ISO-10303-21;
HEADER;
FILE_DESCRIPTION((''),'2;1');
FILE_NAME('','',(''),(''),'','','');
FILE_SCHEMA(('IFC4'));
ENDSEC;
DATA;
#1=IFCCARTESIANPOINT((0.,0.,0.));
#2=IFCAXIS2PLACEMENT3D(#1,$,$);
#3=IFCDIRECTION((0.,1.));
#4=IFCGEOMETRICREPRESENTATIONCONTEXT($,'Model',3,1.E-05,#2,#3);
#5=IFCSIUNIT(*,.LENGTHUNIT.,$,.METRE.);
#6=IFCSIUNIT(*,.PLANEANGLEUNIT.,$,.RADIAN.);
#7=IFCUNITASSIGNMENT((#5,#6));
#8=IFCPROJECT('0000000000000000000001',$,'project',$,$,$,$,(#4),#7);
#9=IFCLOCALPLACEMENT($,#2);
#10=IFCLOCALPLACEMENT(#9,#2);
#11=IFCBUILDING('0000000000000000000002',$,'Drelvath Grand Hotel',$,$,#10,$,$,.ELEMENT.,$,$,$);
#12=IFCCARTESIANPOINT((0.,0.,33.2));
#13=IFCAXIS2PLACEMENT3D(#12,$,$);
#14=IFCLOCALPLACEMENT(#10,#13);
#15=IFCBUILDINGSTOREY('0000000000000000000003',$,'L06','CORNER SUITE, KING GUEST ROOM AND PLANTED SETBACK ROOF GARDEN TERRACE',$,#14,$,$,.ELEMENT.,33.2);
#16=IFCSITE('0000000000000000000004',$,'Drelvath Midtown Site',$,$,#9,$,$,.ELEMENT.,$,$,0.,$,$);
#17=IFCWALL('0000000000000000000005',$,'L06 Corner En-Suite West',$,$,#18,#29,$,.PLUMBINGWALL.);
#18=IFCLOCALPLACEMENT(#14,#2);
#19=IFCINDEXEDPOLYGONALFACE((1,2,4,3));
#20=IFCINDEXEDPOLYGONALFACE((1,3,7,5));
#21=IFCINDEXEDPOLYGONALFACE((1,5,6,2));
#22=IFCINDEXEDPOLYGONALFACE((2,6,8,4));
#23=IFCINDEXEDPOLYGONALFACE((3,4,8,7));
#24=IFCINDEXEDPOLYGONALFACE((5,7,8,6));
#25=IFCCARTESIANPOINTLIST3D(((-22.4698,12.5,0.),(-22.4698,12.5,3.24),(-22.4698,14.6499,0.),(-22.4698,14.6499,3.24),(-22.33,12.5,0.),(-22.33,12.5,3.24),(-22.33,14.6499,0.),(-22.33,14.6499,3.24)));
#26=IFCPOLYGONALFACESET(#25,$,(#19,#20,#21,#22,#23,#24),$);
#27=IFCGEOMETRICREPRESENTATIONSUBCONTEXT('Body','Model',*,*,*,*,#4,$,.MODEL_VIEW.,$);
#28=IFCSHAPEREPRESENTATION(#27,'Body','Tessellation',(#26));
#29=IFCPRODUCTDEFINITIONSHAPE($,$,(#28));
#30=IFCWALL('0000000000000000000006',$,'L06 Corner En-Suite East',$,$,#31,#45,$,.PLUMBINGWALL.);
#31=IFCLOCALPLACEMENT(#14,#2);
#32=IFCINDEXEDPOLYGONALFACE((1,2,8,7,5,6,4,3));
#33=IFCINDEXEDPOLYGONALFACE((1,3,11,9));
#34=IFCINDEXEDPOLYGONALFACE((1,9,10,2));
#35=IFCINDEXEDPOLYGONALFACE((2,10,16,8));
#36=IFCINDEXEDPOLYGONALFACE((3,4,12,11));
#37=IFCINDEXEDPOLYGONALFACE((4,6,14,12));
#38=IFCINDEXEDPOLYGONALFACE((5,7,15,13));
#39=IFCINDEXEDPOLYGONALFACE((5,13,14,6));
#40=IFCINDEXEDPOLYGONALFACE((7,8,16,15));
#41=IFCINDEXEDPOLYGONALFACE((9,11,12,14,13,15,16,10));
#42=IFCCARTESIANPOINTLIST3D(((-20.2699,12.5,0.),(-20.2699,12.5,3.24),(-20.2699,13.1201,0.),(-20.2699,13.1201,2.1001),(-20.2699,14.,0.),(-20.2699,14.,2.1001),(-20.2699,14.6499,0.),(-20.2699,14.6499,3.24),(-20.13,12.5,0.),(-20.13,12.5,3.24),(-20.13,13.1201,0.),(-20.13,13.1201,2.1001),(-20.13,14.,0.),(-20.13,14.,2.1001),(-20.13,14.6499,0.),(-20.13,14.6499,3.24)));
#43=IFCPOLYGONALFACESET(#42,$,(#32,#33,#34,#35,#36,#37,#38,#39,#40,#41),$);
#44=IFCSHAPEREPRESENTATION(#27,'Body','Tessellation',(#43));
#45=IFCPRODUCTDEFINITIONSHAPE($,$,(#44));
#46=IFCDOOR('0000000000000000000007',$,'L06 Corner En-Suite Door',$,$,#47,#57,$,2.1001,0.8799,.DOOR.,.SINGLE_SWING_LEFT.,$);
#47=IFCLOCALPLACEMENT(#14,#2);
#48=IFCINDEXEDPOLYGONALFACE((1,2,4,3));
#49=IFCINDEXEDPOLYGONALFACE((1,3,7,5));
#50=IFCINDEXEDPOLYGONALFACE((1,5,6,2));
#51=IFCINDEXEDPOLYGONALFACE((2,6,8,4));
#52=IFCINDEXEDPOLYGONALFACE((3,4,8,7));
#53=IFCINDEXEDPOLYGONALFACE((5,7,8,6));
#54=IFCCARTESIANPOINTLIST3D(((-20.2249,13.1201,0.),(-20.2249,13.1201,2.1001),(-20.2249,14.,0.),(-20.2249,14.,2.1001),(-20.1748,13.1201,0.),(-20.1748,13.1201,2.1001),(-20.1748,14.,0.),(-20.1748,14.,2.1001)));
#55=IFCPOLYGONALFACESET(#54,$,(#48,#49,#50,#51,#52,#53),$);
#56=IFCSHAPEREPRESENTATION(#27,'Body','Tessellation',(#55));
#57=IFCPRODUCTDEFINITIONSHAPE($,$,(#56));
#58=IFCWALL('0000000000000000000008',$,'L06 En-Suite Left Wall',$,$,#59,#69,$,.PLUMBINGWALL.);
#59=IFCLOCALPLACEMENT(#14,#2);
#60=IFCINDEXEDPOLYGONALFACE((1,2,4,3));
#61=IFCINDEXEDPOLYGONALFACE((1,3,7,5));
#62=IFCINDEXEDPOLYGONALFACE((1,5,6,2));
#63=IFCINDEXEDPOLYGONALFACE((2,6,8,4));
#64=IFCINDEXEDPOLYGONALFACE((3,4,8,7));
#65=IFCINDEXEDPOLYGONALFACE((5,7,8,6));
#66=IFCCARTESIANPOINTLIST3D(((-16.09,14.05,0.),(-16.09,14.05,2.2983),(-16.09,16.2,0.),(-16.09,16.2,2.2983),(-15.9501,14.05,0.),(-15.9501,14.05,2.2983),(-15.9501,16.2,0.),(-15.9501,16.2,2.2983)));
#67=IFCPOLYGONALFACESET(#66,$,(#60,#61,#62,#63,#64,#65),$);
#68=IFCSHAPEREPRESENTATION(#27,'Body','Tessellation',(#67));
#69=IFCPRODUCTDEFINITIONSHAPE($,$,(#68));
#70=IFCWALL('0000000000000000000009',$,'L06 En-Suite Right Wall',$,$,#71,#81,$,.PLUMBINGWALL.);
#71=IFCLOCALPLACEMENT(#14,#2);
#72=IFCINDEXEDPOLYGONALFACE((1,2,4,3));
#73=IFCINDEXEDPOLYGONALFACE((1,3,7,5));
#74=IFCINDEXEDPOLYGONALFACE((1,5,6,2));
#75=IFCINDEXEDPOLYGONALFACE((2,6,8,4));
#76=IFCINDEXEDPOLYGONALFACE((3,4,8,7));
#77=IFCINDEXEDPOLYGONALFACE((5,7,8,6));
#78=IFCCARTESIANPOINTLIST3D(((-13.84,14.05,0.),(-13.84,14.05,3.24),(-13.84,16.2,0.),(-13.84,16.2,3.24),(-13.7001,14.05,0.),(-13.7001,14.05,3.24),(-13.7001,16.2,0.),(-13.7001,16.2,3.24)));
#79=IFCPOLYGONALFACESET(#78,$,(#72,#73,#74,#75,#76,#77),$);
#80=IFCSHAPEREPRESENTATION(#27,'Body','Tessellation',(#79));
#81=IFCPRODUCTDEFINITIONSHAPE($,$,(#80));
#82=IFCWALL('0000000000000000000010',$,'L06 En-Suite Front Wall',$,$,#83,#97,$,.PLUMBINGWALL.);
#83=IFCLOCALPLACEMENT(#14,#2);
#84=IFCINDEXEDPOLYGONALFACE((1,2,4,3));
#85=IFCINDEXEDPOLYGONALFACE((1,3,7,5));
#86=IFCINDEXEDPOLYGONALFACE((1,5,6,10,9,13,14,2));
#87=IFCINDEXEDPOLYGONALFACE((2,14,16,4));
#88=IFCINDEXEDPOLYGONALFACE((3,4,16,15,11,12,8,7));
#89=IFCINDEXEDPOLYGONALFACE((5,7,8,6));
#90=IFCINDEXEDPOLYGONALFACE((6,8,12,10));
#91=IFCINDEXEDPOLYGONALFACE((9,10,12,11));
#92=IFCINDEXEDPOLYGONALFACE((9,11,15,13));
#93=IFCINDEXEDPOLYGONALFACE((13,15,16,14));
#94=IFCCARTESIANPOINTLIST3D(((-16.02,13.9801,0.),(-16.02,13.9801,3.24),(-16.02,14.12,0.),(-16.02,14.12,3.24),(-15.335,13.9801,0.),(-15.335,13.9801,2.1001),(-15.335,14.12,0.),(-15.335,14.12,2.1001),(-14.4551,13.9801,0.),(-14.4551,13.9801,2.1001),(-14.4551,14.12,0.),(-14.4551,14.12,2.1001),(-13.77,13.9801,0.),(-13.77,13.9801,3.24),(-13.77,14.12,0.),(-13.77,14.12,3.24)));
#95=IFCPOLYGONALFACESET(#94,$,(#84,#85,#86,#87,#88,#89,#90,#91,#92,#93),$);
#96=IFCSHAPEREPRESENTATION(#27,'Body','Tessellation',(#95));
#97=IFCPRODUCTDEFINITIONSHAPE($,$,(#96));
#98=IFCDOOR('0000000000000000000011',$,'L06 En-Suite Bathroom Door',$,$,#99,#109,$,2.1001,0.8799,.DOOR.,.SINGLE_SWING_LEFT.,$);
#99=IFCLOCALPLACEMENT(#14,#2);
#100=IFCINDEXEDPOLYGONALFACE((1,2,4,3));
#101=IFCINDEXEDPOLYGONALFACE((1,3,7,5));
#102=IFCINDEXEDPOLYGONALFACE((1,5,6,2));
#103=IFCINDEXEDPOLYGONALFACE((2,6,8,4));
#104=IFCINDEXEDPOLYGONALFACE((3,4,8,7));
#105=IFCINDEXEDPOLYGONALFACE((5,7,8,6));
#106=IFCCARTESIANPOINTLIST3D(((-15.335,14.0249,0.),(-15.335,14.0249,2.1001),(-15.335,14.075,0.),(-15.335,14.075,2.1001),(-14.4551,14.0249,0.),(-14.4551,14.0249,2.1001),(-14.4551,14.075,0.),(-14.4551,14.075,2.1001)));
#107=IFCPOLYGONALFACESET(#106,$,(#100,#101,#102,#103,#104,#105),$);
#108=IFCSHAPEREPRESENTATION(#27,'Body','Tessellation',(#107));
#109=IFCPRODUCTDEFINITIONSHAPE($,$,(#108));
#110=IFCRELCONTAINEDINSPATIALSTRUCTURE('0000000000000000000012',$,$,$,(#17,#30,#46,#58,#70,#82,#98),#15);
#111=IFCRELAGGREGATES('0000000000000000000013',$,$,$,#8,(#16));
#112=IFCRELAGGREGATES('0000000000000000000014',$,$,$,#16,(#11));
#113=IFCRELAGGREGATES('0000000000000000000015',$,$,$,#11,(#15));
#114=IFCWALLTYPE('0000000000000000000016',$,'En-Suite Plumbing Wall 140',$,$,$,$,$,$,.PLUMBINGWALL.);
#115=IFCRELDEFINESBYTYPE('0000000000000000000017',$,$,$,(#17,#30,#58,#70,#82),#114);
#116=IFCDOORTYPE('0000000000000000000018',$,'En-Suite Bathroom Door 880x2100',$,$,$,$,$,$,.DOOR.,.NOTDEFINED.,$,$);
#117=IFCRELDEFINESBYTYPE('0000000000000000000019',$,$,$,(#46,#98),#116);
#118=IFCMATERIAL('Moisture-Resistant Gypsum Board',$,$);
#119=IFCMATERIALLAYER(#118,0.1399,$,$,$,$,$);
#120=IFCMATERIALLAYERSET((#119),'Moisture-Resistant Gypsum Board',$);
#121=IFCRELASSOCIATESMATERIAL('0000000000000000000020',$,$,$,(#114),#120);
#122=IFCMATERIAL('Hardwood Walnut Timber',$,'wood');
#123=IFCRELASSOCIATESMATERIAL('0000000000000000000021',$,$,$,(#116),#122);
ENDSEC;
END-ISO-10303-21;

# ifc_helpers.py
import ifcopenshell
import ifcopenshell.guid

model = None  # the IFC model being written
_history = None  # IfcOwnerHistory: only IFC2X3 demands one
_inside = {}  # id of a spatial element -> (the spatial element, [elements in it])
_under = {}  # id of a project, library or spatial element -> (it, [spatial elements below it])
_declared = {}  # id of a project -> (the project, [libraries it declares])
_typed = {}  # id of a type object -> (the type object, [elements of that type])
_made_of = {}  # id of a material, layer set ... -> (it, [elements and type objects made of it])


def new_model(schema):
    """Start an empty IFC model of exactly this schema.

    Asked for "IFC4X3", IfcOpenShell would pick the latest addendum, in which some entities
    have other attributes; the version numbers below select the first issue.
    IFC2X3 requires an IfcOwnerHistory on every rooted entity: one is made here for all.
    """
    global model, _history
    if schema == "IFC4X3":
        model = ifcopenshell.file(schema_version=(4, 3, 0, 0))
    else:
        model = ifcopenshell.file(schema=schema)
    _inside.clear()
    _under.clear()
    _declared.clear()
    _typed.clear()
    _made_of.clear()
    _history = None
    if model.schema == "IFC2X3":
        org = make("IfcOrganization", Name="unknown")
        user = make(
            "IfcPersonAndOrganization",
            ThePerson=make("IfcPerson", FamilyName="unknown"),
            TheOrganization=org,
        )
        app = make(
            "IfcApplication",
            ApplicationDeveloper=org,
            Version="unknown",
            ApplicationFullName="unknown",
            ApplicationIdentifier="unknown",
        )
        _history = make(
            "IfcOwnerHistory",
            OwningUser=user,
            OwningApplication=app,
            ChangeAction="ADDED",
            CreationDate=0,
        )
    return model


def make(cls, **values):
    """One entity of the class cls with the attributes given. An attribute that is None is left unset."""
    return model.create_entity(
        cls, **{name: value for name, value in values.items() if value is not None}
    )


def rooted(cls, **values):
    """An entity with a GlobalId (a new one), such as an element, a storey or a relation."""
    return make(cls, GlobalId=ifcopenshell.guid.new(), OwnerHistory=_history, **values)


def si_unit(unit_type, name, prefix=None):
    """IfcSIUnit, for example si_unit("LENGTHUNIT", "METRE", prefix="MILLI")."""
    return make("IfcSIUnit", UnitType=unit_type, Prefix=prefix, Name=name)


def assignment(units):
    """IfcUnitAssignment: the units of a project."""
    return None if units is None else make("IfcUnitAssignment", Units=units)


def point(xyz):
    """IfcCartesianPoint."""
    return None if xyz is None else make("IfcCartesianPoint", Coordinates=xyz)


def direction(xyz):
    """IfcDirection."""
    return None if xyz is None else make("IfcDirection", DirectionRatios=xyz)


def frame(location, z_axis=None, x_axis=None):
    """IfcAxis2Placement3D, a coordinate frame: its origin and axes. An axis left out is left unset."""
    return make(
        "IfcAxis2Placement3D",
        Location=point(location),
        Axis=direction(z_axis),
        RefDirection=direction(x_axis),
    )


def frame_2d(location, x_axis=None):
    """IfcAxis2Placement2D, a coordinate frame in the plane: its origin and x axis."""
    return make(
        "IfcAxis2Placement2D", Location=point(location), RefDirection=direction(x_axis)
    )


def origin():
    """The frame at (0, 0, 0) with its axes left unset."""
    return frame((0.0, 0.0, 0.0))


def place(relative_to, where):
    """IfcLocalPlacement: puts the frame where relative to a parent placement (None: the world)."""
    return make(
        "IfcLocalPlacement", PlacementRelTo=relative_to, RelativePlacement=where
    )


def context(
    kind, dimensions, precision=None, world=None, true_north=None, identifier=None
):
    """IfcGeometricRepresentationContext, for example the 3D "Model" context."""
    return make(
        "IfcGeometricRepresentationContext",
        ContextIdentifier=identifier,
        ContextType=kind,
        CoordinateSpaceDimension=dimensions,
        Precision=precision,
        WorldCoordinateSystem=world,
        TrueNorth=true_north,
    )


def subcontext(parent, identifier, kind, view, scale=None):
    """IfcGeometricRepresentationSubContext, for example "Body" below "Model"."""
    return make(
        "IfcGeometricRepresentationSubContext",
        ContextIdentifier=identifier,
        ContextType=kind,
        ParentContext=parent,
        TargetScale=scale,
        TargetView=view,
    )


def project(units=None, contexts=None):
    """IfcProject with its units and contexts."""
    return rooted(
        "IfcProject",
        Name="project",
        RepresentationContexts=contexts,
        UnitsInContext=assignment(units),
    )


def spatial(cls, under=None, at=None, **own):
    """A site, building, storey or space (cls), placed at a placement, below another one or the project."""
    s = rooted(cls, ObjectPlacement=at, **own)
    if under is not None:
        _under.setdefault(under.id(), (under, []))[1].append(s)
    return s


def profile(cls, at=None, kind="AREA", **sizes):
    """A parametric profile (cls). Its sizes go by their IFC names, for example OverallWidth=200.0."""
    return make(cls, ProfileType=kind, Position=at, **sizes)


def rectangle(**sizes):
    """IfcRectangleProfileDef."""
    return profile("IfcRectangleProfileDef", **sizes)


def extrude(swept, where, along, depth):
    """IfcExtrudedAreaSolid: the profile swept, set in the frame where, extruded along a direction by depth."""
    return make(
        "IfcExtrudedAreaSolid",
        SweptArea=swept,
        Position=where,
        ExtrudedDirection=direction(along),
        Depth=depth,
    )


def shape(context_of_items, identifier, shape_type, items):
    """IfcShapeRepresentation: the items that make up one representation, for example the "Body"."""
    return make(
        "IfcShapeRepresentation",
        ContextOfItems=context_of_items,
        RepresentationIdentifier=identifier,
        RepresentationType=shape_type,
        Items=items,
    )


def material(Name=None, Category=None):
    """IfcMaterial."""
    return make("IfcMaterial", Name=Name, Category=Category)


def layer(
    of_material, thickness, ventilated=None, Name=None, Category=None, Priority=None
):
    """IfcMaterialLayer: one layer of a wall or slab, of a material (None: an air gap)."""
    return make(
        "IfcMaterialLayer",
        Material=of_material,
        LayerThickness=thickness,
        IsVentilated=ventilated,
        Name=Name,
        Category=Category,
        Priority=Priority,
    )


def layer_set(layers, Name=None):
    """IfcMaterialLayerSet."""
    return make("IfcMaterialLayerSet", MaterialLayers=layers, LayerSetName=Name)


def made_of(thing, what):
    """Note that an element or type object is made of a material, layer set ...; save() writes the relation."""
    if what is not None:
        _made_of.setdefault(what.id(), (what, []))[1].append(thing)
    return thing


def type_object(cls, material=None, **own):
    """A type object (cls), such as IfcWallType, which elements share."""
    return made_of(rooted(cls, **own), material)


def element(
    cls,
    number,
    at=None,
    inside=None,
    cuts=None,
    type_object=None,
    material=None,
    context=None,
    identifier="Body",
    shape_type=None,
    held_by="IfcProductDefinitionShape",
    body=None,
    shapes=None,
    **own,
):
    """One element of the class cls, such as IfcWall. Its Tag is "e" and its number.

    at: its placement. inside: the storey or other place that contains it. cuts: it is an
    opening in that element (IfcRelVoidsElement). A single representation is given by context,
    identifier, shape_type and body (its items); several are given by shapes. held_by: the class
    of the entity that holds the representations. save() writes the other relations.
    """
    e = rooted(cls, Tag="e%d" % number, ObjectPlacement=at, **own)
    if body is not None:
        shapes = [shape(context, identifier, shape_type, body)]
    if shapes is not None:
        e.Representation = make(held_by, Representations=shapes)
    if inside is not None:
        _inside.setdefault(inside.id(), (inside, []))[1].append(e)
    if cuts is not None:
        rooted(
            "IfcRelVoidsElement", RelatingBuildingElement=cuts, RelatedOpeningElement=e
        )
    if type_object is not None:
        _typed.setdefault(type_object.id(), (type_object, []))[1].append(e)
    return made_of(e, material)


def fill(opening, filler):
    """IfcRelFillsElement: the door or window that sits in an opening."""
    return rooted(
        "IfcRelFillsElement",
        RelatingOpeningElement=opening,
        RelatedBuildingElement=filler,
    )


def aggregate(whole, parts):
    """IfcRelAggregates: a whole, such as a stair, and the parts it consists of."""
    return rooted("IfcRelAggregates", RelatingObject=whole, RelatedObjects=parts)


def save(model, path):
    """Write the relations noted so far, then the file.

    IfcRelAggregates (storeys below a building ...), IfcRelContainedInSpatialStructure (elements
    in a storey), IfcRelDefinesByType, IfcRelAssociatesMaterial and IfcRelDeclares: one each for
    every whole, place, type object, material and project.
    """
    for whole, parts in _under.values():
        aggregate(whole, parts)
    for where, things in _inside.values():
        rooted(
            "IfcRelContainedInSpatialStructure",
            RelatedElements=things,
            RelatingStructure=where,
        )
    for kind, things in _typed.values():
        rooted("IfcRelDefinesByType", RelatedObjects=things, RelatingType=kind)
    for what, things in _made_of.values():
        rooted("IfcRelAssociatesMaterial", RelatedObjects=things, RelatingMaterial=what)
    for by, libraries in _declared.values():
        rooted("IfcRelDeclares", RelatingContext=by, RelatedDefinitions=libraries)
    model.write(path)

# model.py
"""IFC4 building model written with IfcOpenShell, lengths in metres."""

from ifc_helpers import new_model, si_unit, direction, frame, frame_2d, origin, place, context, subcontext, project, spatial, rectangle, extrude, material, layer, layer_set, type_object, element, fill, save


model = new_model("IFC4")

# Units and contexts
model_context = context("Model", 3, precision=1e-05, world=origin(), true_north=direction((0.0, 1.0)))
body_context = subcontext(model_context, "Body", "Model", "MODEL_VIEW")
ifc_project = project(units=[si_unit("LENGTHUNIT", "METRE"), si_unit("PLANEANGLEUNIT", "RADIAN")], contexts=[model_context])

# Site, building, storey
site_placement = place(None, origin())
site = spatial("IfcSite", under=ifc_project, at=site_placement, Name="Drelvath Midtown Site", CompositionType="ELEMENT", RefElevation=0.0)
building_placement = place(site_placement, origin())
building = spatial("IfcBuilding", under=site, at=building_placement, Name="Drelvath Grand Hotel", CompositionType="ELEMENT")
storey_placement = place(building_placement, frame((0.0, 0.0, 33.2)))
storey = spatial("IfcBuildingStorey", under=building, at=storey_placement, Name="L06", Description="CORNER SUITE, KING GUEST ROOM AND PLANTED SETBACK ROOF GARDEN TERRACE", CompositionType="ELEMENT", Elevation=33.2)

# Shared definitions
ifc_material_1 = material(Name="Hardwood Walnut Timber", Category="wood")

# Wall
ifc_material_2 = material(Name="Moisture-Resistant Gypsum Board")
ifc_layer_1 = layer(ifc_material_2, 0.1399)
ifc_layer_set_1 = layer_set([ifc_layer_1], Name="Moisture-Resistant Gypsum Board")
wall_type_1 = type_object("IfcWallType", Name="En-Suite Plumbing Wall 140", PredefinedType="PLUMBINGWALL", material=ifc_layer_set_1)
wall_1_placement = place(storey_placement, frame((-22.3999, 12.5, 0.0), z_axis=(0.0, 0.0, 1.0), x_axis=(0.0, 1.0, 0.0)))
element("IfcWall", 1, at=wall_1_placement, inside=storey, type_object=wall_type_1, Name="L06 Corner En-Suite West", PredefinedType="PLUMBINGWALL", context=body_context, shape_type="SweptSolid", body=[
    extrude(rectangle(XDim=2.1499, YDim=0.1399, at=frame_2d((1.075, 0.0))), origin(), (0.0, 0.0, 1.0), 3.24),
])

# Wall, opening, door
wall_2_placement = place(storey_placement, frame((-20.2, 12.5, 0.0), z_axis=(0.0, 0.0, 1.0), x_axis=(0.0, 1.0, 0.0)))
wall_2 = element("IfcWall", 2, at=wall_2_placement, inside=storey, type_object=wall_type_1, Name="L06 Corner En-Suite East", PredefinedType="PLUMBINGWALL", context=body_context, shape_type="SweptSolid", body=[
    extrude(rectangle(XDim=2.1499, YDim=0.1399, at=frame_2d((1.075, 0.0))), origin(), (0.0, 0.0, 1.0), 3.24),
])
opening_1_placement = place(wall_2_placement, frame((0.6201, 0.0, 0.0)))
opening_1 = element("IfcOpeningElement", 3, at=opening_1_placement, cuts=wall_2, PredefinedType="OPENING", context=body_context, shape_type="SweptSolid", body=[
    extrude(rectangle(XDim=0.8799, YDim=2.1001, at=frame_2d((0.4399, 1.05))), frame((0.0, 0.0798, 0.0), z_axis=(0.0, -1.0, 0.0), x_axis=(1.0, 0.0, 0.0)), (0.0, 0.0, 1.0), 0.1599),
])
door_type_1 = type_object("IfcDoorType", Name="En-Suite Bathroom Door 880x2100", OperationType="NOTDEFINED", PredefinedType="DOOR", material=ifc_material_1)
door_1_placement = place(opening_1_placement, origin())
door_1 = element("IfcDoor", 4, at=door_1_placement, inside=storey, type_object=door_type_1, Name="L06 Corner En-Suite Door", OperationType="SINGLE_SWING_LEFT", OverallHeight=2.1001, OverallWidth=0.8799, PredefinedType="DOOR", context=body_context, shape_type="SweptSolid", body=[
    extrude(rectangle(XDim=0.8799, YDim=2.1001, at=frame_2d((0.4399, 1.05))), frame((0.0, 0.0249, 0.0), z_axis=(0.0, -1.0, 0.0), x_axis=(1.0, 0.0, 0.0)), (0.0, 0.0, 1.0), 0.05),
])
fill(opening_1, door_1)

# Walls
wall_3_placement = place(storey_placement, frame((-16.02, 16.2, 0.0), z_axis=(0.0, 0.0, 1.0), x_axis=(0.0, -1.0, 0.0)))
element("IfcWall", 5, at=wall_3_placement, inside=storey, type_object=wall_type_1, Name="L06 En-Suite Left Wall", PredefinedType="PLUMBINGWALL", context=body_context, shape_type="SweptSolid", body=[
    extrude(rectangle(XDim=2.1499, YDim=0.1399, at=frame_2d((1.075, 0.0))), origin(), (0.0, 0.0, 1.0), 2.2983),
])
wall_4_placement = place(storey_placement, frame((-13.77, 16.2, 0.0), z_axis=(0.0, 0.0, 1.0), x_axis=(0.0, -1.0, 0.0)))
element("IfcWall", 6, at=wall_4_placement, inside=storey, type_object=wall_type_1, Name="L06 En-Suite Right Wall", PredefinedType="PLUMBINGWALL", context=body_context, shape_type="SweptSolid", body=[
    extrude(rectangle(XDim=2.1499, YDim=0.1399, at=frame_2d((1.075, 0.0))), origin(), (0.0, 0.0, 1.0), 3.24),
])

# Wall, opening, door
wall_5_placement = place(storey_placement, frame((-16.02, 14.05, 0.0), z_axis=(0.0, 0.0, 1.0), x_axis=(1.0, 0.0, 0.0)))
wall_5 = element("IfcWall", 7, at=wall_5_placement, inside=storey, type_object=wall_type_1, Name="L06 En-Suite Front Wall", PredefinedType="PLUMBINGWALL", context=body_context, shape_type="SweptSolid", body=[
    extrude(rectangle(XDim=2.25, YDim=0.1399, at=frame_2d((1.125, 0.0))), origin(), (0.0, 0.0, 1.0), 3.24),
])
opening_2_placement = place(wall_5_placement, frame((0.6851, 0.0, 0.0)))
opening_2 = element("IfcOpeningElement", 8, at=opening_2_placement, cuts=wall_5, PredefinedType="OPENING", context=body_context, shape_type="SweptSolid", body=[
    extrude(rectangle(XDim=0.8799, YDim=2.1001, at=frame_2d((0.4399, 1.05))), frame((0.0, 0.0798, 0.0), z_axis=(0.0, -1.0, 0.0), x_axis=(1.0, 0.0, 0.0)), (0.0, 0.0, 1.0), 0.1599),
])
door_2_placement = place(opening_2_placement, origin())
door_2 = element("IfcDoor", 9, at=door_2_placement, inside=storey, type_object=door_type_1, Name="L06 En-Suite Bathroom Door", OperationType="SINGLE_SWING_LEFT", OverallHeight=2.1001, OverallWidth=0.8799, PredefinedType="DOOR", context=body_context, shape_type="SweptSolid", body=[
    extrude(rectangle(XDim=0.8799, YDim=2.1001, at=frame_2d((0.4399, 1.05))), frame((0.0, 0.0249, 0.0), z_axis=(0.0, -1.0, 0.0), x_axis=(1.0, 0.0, 0.0)), (0.0, 0.0, 1.0), 0.05),
])
fill(opening_2, door_2)

save(model, "model.ifc")
